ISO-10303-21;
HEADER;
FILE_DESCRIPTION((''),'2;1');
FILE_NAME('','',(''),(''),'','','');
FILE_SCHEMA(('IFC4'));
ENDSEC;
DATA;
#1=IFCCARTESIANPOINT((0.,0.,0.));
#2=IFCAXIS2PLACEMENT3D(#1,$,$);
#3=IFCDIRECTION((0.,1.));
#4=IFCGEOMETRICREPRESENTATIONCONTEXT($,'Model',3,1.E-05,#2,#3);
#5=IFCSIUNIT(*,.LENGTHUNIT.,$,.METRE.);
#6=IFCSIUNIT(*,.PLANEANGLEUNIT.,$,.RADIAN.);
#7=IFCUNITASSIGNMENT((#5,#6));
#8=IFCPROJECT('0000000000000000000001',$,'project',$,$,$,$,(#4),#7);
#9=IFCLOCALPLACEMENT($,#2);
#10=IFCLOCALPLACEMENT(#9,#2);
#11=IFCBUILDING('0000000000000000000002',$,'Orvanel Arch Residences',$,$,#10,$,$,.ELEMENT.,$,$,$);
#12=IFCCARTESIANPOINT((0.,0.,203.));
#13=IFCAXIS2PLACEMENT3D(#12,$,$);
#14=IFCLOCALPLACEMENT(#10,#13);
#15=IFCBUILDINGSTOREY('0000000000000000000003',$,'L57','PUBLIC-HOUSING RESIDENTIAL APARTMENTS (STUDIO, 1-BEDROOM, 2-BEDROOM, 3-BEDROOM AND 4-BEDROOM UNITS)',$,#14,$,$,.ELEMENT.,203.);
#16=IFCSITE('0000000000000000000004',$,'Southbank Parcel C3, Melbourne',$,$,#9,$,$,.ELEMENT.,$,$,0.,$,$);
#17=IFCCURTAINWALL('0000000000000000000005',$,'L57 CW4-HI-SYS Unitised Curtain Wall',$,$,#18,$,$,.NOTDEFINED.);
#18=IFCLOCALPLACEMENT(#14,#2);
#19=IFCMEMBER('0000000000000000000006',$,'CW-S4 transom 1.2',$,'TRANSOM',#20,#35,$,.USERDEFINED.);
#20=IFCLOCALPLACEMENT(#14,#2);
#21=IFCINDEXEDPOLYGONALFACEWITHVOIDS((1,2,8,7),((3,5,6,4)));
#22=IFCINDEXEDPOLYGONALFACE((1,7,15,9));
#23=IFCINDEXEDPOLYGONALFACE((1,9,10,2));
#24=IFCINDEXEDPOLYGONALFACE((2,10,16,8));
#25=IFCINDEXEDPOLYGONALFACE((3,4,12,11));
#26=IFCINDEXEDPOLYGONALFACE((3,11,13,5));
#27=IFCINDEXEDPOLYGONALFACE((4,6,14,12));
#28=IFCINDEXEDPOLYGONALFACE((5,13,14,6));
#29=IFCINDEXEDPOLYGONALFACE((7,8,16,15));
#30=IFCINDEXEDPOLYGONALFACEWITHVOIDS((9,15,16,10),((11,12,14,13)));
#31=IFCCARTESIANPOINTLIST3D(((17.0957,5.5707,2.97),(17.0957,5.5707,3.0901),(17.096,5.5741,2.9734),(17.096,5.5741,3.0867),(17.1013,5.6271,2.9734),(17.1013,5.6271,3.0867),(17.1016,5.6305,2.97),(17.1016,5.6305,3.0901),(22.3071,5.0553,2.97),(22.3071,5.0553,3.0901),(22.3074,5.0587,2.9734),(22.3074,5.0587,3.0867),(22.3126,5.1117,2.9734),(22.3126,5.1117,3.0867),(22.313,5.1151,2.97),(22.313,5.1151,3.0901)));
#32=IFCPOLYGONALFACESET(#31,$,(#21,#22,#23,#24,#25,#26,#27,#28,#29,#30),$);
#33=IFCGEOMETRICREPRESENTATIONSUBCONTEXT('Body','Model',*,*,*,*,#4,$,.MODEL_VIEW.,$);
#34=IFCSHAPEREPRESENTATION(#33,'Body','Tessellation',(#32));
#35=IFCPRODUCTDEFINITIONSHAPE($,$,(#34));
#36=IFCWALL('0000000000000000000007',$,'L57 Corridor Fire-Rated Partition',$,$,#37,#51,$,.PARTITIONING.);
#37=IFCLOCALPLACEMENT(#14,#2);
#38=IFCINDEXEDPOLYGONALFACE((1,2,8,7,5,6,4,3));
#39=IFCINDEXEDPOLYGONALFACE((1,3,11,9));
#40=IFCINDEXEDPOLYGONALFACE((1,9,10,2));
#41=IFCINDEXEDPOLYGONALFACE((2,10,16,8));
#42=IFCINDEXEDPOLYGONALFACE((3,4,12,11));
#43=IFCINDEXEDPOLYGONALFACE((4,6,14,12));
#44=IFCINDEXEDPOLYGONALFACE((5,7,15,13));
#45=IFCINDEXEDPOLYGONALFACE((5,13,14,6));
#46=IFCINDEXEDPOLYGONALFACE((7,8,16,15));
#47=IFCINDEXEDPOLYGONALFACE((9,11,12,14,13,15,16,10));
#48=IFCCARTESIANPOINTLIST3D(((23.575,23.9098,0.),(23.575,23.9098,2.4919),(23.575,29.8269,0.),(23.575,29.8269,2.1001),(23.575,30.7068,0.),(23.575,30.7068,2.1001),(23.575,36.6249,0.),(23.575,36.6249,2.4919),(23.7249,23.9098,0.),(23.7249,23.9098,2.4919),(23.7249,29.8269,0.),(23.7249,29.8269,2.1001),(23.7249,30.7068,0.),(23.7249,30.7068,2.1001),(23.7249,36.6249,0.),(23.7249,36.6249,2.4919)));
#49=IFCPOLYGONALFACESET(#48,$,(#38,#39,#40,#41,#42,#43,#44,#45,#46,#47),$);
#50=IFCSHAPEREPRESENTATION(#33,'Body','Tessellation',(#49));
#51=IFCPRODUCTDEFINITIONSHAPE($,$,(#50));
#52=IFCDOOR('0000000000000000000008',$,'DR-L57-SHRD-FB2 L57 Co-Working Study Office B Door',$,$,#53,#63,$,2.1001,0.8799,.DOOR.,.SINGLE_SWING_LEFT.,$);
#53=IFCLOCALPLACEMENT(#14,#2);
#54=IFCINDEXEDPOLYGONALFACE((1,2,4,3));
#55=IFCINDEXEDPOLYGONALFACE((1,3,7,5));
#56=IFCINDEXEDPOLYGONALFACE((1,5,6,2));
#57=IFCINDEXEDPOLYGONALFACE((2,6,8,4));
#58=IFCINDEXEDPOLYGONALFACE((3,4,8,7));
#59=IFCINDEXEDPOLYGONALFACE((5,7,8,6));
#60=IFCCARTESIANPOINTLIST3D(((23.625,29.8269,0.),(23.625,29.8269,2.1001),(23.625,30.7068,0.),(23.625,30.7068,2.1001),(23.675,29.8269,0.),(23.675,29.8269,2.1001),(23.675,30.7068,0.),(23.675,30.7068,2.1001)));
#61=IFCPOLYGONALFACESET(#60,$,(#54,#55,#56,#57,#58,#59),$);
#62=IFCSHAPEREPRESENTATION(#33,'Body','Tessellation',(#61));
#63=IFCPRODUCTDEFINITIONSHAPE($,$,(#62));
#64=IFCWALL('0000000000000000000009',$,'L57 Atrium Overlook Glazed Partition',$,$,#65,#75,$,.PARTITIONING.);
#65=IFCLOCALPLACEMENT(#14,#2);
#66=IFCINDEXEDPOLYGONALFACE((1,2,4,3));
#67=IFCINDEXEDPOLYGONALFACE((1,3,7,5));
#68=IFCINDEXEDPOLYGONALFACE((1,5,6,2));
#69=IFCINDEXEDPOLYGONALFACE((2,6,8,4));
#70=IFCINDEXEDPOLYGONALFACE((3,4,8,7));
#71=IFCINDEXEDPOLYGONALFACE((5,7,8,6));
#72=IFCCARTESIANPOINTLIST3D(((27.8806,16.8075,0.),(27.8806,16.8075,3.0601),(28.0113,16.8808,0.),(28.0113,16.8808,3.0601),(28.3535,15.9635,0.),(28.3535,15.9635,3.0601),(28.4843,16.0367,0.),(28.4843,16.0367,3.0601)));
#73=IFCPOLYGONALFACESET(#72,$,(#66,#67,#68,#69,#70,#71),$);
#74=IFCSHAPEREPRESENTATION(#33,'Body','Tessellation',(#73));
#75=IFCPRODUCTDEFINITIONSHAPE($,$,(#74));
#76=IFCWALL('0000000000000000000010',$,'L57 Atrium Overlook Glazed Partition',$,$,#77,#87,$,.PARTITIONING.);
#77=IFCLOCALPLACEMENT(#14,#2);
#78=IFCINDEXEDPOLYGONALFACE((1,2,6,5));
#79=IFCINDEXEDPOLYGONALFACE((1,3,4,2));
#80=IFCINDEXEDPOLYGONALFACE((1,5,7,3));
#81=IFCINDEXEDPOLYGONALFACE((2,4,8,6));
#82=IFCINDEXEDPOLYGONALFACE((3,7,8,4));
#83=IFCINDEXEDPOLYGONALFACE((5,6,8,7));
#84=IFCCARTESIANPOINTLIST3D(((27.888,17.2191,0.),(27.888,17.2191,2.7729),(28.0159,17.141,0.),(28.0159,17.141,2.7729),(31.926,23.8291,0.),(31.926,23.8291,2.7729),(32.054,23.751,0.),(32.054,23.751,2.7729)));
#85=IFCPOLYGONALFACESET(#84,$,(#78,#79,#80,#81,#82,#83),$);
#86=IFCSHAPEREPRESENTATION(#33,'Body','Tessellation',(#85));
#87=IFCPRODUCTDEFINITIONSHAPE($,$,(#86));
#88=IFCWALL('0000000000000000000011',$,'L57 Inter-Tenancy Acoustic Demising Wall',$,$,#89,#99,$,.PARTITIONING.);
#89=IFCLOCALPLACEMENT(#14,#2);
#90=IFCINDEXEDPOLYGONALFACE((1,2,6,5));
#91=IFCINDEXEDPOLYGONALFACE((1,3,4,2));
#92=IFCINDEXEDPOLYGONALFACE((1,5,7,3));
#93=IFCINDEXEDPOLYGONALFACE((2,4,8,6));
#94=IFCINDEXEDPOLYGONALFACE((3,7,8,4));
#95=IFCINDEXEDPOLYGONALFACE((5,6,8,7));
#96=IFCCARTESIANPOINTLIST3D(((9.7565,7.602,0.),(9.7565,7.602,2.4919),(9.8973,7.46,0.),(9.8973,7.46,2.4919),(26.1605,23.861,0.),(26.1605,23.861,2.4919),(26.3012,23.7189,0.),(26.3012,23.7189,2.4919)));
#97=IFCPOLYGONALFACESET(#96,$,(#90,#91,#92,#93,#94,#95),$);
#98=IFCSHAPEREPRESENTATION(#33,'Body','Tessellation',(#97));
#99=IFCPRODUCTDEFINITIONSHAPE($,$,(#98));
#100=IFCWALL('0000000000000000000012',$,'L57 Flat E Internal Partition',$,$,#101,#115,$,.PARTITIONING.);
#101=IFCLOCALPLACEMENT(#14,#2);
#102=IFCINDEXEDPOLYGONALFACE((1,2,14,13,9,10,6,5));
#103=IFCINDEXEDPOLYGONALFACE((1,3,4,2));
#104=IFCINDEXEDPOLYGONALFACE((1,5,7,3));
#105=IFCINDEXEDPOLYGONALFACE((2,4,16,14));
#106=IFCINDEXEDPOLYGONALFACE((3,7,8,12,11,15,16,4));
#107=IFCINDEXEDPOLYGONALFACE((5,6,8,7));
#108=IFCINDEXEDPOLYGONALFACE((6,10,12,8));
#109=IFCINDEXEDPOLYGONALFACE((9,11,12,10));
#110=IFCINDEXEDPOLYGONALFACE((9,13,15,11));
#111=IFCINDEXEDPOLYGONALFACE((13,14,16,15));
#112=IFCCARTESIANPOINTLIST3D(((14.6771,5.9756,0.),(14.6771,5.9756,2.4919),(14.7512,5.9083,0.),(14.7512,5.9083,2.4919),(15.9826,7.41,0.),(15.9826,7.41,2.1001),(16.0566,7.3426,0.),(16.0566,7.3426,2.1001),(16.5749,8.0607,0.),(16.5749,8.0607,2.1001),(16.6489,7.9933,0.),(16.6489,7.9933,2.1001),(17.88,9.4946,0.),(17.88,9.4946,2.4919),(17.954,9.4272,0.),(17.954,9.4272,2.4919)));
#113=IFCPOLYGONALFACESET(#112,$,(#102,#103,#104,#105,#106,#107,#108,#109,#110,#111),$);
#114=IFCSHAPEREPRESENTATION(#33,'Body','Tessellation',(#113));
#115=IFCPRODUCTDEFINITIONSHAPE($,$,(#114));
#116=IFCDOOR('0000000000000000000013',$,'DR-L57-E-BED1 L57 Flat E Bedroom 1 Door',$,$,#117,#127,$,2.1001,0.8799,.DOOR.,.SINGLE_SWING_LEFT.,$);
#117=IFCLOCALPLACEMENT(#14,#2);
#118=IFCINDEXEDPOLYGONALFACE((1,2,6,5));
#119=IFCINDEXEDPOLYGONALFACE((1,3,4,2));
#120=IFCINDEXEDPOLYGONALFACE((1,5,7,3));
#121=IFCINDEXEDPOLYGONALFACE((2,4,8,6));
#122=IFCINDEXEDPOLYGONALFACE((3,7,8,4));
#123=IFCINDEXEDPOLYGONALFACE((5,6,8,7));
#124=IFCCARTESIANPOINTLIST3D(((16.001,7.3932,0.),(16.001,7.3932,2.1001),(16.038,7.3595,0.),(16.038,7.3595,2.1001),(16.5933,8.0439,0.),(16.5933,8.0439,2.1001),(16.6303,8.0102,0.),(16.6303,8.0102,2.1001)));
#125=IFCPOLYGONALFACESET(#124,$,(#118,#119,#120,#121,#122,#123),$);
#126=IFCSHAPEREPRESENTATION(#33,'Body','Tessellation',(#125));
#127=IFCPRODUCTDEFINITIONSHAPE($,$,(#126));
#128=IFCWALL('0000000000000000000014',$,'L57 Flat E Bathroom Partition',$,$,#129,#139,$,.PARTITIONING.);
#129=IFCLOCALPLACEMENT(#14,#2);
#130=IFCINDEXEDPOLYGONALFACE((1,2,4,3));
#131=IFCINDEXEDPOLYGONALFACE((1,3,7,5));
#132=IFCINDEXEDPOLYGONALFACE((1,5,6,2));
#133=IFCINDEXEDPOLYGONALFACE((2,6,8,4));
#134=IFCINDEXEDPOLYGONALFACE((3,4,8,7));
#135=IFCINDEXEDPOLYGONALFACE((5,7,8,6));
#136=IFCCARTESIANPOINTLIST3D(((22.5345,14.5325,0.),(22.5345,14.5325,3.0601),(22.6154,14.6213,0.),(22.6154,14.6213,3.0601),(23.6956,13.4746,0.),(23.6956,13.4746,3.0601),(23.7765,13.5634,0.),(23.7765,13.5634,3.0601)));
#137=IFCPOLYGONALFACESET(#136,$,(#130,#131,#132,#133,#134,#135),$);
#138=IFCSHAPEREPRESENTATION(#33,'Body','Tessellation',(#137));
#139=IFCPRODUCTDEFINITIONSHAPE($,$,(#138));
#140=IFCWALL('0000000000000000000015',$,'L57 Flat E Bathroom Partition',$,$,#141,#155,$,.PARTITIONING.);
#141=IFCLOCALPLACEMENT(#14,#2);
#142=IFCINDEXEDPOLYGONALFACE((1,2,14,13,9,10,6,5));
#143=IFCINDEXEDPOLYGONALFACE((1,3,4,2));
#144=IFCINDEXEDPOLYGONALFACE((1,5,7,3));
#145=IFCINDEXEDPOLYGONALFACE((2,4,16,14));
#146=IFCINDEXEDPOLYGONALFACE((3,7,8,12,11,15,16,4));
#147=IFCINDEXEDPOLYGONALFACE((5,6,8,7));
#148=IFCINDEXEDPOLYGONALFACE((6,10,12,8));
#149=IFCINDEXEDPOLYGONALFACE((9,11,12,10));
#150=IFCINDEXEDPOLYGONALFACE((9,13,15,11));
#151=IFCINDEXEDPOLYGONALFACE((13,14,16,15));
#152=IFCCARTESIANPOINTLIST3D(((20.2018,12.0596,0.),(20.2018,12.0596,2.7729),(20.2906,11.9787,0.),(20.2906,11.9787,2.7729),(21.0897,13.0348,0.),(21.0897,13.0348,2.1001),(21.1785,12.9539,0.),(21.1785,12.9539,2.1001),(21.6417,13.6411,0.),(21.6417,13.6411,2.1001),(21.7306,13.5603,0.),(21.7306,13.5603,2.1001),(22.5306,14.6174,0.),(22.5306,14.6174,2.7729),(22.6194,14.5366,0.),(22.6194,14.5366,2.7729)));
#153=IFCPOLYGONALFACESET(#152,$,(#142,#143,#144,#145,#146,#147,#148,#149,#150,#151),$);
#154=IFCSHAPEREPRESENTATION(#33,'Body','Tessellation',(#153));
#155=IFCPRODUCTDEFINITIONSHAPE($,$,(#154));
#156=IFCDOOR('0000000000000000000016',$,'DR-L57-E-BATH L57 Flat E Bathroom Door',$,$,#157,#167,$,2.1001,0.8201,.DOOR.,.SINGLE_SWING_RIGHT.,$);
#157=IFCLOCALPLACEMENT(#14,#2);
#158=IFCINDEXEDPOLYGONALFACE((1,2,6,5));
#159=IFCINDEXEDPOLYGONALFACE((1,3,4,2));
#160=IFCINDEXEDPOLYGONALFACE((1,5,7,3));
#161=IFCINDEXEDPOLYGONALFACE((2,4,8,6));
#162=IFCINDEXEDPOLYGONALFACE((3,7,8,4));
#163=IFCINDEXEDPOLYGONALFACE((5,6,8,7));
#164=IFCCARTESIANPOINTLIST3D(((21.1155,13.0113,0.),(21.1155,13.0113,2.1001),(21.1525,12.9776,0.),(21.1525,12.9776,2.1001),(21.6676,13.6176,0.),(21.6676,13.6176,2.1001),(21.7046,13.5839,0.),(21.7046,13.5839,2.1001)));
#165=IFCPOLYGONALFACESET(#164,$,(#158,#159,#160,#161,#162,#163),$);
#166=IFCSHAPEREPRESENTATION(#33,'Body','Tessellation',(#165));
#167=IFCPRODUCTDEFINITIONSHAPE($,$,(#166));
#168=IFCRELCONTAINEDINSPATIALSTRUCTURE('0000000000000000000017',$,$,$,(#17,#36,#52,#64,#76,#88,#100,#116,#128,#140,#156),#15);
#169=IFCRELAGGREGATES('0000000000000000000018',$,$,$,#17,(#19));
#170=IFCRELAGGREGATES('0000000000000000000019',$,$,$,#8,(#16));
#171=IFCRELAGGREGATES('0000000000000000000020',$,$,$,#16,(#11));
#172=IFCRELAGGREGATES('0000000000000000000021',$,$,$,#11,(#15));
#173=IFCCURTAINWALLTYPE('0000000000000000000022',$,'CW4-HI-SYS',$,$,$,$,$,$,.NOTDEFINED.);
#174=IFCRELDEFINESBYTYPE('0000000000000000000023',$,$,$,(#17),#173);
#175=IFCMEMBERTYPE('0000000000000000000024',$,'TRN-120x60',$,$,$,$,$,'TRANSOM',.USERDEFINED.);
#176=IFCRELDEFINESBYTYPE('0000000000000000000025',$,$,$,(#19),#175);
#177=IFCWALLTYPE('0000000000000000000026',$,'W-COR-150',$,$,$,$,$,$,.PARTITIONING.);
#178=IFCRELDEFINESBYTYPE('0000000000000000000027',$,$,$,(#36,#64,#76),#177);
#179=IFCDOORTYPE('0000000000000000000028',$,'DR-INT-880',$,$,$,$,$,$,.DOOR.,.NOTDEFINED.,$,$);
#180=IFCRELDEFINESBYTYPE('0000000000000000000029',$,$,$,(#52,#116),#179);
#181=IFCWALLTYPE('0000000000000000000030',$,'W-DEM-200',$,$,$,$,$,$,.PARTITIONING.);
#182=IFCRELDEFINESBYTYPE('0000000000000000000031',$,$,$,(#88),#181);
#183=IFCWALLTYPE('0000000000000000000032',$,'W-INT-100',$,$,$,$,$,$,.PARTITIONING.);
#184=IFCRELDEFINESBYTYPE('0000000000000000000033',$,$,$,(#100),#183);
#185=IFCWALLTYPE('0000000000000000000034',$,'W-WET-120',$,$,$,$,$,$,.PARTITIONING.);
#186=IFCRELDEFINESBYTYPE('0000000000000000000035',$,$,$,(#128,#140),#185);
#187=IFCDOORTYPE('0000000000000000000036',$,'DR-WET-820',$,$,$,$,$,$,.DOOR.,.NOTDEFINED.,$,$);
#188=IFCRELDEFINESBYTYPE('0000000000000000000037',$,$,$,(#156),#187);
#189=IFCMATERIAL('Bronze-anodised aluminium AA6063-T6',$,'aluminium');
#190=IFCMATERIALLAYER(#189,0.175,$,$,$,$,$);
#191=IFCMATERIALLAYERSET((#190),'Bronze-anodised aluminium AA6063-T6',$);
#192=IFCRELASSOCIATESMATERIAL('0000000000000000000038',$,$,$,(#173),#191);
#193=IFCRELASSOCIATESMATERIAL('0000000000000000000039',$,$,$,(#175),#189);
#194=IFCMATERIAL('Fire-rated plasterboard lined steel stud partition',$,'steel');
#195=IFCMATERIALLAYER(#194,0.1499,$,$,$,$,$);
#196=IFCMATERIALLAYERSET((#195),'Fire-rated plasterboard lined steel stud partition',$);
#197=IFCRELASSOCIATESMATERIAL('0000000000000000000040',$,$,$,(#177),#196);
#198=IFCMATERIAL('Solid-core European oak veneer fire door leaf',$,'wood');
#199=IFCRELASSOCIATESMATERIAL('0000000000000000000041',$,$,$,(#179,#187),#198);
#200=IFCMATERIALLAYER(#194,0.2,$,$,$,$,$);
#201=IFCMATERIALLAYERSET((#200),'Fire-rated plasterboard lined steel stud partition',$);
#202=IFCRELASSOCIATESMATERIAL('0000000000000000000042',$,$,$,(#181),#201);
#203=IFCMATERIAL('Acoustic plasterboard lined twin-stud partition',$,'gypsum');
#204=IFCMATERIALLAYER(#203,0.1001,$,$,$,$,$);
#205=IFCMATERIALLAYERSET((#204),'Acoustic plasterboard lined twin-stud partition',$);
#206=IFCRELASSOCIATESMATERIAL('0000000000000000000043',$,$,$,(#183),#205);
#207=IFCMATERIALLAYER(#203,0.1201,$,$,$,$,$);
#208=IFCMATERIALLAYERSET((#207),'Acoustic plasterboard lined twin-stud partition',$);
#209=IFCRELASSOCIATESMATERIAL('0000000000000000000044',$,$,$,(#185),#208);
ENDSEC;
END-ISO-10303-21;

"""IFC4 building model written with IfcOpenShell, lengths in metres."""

from ifc_helpers import new_model, si_unit, direction, frame, frame_2d, origin, origin_2d, place, context, subcontext, project, spatial, rectangle, hollow_rectangle, extrude, material, layer, layer_set, material_profile, profile_set, type_object, element, fill, aggregate, save


model = new_model("IFC4")

# Units and contexts
model_context = context("Model", 3, precision=1e-05, world=origin(), true_north=direction((0.0, 1.0)))
body_context = subcontext(model_context, "Body", "Model", "MODEL_VIEW")
ifc_project = project(units=[si_unit("LENGTHUNIT", "METRE"), si_unit("PLANEANGLEUNIT", "RADIAN")], contexts=[model_context])

# Site, building, storey
site_placement = place(None, origin())
site = spatial("IfcSite", under=ifc_project, at=site_placement, Name="Southbank Parcel C3, Melbourne", CompositionType="ELEMENT", RefElevation=0.0)
building_placement = place(site_placement, origin())
building = spatial("IfcBuilding", under=site, at=building_placement, Name="Orvanel Arch Residences", CompositionType="ELEMENT")
storey_placement = place(building_placement, frame((0.0, 0.0, 203.0)))
storey = spatial("IfcBuildingStorey", under=building, at=storey_placement, Name="L57", Description="PUBLIC-HOUSING RESIDENTIAL APARTMENTS (STUDIO, 1-BEDROOM, 2-BEDROOM, 3-BEDROOM AND 4-BEDROOM UNITS)", CompositionType="ELEMENT", Elevation=203.0)

# Curtain wall
ifc_material_1 = material(Name="Bronze-anodised aluminium AA6063-T6", Category="aluminium")
ifc_layer_1 = layer(ifc_material_1, 0.175)
ifc_layer_set_1 = layer_set([ifc_layer_1], Name="Bronze-anodised aluminium AA6063-T6")
curtain_wall_type_1 = type_object("IfcCurtainWallType", Name="CW4-HI-SYS", PredefinedType="NOTDEFINED", material=ifc_layer_set_1)
curtain_wall_1_placement = place(storey_placement, origin())
curtain_wall_1 = element("IfcCurtainWall", 1, at=curtain_wall_1_placement, inside=storey, type_object=curtain_wall_type_1, Name="L57 CW4-HI-SYS Unitised Curtain Wall", PredefinedType="NOTDEFINED")

# Member
ifc_material_profile_1 = material_profile(ifc_material_1, hollow_rectangle(XDim=0.0601, YDim=0.1201, WallThickness=0.0034, at=origin_2d()), Name="ALU120x60x3.5")
ifc_profile_set_1 = profile_set([ifc_material_profile_1], Name="Bronze-anodised aluminium AA6063-T6")
member_type_1 = type_object("IfcMemberType", Name="TRN-120x60", ElementType="TRANSOM", PredefinedType="USERDEFINED", material=ifc_profile_set_1)
member_1_placement = place(storey_placement, frame((17.0986, 5.6006, 3.03), z_axis=(0.995146, -0.098414, 0.0), x_axis=(0.098414, 0.995146, 0.0)))
member_1 = element("IfcMember", 2, at=member_1_placement, type_object=member_type_1, Name="CW-S4 transom 1.2", ObjectType="TRANSOM", PredefinedType="USERDEFINED", context=body_context, shape_type="SweptSolid", body=[
    extrude(hollow_rectangle(XDim=0.0601, YDim=0.1201, WallThickness=0.0034, at=origin_2d()), origin(), (0.0, 0.0, 1.0), 5.2368),
])
aggregate(curtain_wall_1, [member_1])

# Shared definitions
ifc_material_2 = material(Name="Fire-rated plasterboard lined steel stud partition", Category="steel")
ifc_layer_2 = layer(ifc_material_2, 0.1499)
ifc_layer_set_2 = layer_set([ifc_layer_2], Name="Fire-rated plasterboard lined steel stud partition")
wall_type_1 = type_object("IfcWallType", Name="W-COR-150", PredefinedType="PARTITIONING", material=ifc_layer_set_2)
ifc_material_3 = material(Name="Solid-core European oak veneer fire door leaf", Category="wood")

# Wall, opening, door
wall_1_placement = place(storey_placement, frame((23.6499, 23.9099, 0.0), z_axis=(0.0, 0.0, 1.0), x_axis=(0.0, 1.0, 0.0)))
wall_1 = element("IfcWall", 3, at=wall_1_placement, inside=storey, type_object=wall_type_1, Name="L57 Corridor Fire-Rated Partition", PredefinedType="PARTITIONING", context=body_context, shape_type="SweptSolid", body=[
    extrude(rectangle(XDim=12.7151, YDim=0.1499, at=frame_2d((6.3574, 0.0))), origin(), (0.0, 0.0, 1.0), 2.4919),
])
opening_1_placement = place(wall_1_placement, frame((5.917, 0.0, 0.0)))
opening_1 = element("IfcOpeningElement", 4, at=opening_1_placement, cuts=wall_1, PredefinedType="OPENING", context=body_context, shape_type="SweptSolid", body=[
    extrude(rectangle(XDim=0.8799, YDim=2.1001, at=frame_2d((0.4399, 1.05))), frame((0.0, 0.085, 0.0), z_axis=(0.0, -1.0, 0.0), x_axis=(1.0, 0.0, 0.0)), (0.0, 0.0, 1.0), 0.1699),
])
door_type_1 = type_object("IfcDoorType", Name="DR-INT-880", OperationType="NOTDEFINED", PredefinedType="DOOR", material=ifc_material_3)
door_1_placement = place(opening_1_placement, origin())
door_1 = element("IfcDoor", 5, at=door_1_placement, inside=storey, type_object=door_type_1, Name="DR-L57-SHRD-FB2 L57 Co-Working Study Office B Door", OperationType="SINGLE_SWING_LEFT", OverallHeight=2.1001, OverallWidth=0.8799, PredefinedType="DOOR", context=body_context, shape_type="SweptSolid", body=[
    extrude(rectangle(XDim=0.8799, YDim=2.1001, at=frame_2d((0.4399, 1.05))), frame((0.0, 0.0249, 0.0), z_axis=(0.0, -1.0, 0.0), x_axis=(1.0, 0.0, 0.0)), (0.0, 0.0, 1.0), 0.05),
])
fill(opening_1, door_1)

# Walls
wall_2_placement = place(storey_placement, frame((28.4189, 16.0, 0.0), z_axis=(0.0, 0.0, 1.0), x_axis=(-0.488811, 0.87239, 0.0)))
element("IfcWall", 6, at=wall_2_placement, inside=storey, type_object=wall_type_1, Name="L57 Atrium Overlook Glazed Partition", PredefinedType="PARTITIONING", context=body_context, shape_type="SweptSolid", body=[
    extrude(rectangle(XDim=0.9675, YDim=0.1499, at=frame_2d((0.4839, 0.0))), origin(), (0.0, 0.0, 1.0), 3.0601),
])
wall_3_placement = place(storey_placement, frame((27.9519, 17.1799, 0.0), z_axis=(0.0, 0.0, 1.0), x_axis=(0.521316, 0.853364, 0.0)))
element("IfcWall", 7, at=wall_3_placement, inside=storey, type_object=wall_type_1, Name="L57 Atrium Overlook Glazed Partition", PredefinedType="PARTITIONING", context=body_context, shape_type="SweptSolid", body=[
    extrude(rectangle(XDim=7.7458, YDim=0.1499, at=frame_2d((3.873, 0.0))), origin(), (0.0, 0.0, 1.0), 2.7729),
])
ifc_layer_3 = layer(ifc_material_2, 0.2)
ifc_layer_set_3 = layer_set([ifc_layer_3], Name="Fire-rated plasterboard lined steel stud partition")
wall_type_2 = type_object("IfcWallType", Name="W-DEM-200", PredefinedType="PARTITIONING", material=ifc_layer_set_3)
wall_4_placement = place(storey_placement, frame((26.231, 23.79, 0.0), z_axis=(0.0, 0.0, 1.0), x_axis=(-0.710239, -0.70396, 0.0)))
element("IfcWall", 8, at=wall_4_placement, inside=storey, type_object=wall_type_2, Name="L57 Inter-Tenancy Acoustic Demising Wall", PredefinedType="PARTITIONING", context=body_context, shape_type="SweptSolid", body=[
    extrude(rectangle(XDim=23.0964, YDim=0.2, at=frame_2d((11.5483, 0.0))), origin(), (0.0, 0.0, 1.0), 2.4919),
])

# Wall, opening, door
ifc_material_4 = material(Name="Acoustic plasterboard lined twin-stud partition", Category="gypsum")
ifc_layer_4 = layer(ifc_material_4, 0.1001)
ifc_layer_set_4 = layer_set([ifc_layer_4], Name="Acoustic plasterboard lined twin-stud partition")
wall_type_3 = type_object("IfcWallType", Name="W-INT-100", PredefinedType="PARTITIONING", material=ifc_layer_set_4)
wall_5_placement = place(storey_placement, frame((17.917, 9.4609, 0.0), z_axis=(0.0, 0.0, 1.0), x_axis=(-0.673104, -0.739548, 0.0)))
wall_5 = element("IfcWall", 9, at=wall_5_placement, inside=storey, type_object=wall_type_3, Name="L57 Flat E Internal Partition", PredefinedType="PARTITIONING", context=body_context, shape_type="SweptSolid", body=[
    extrude(rectangle(XDim=4.7583, YDim=0.1001, at=frame_2d((2.3792, 0.0))), origin(), (0.0, 0.0, 1.0), 2.4919),
])
opening_2_placement = place(wall_5_placement, frame((1.939, 0.0, 0.0)))
opening_2 = element("IfcOpeningElement", 10, at=opening_2_placement, cuts=wall_5, PredefinedType="OPENING", context=body_context, shape_type="SweptSolid", body=[
    extrude(rectangle(XDim=0.8799, YDim=2.1001, at=frame_2d((0.4399, 1.05))), frame((0.0, 0.0601, 0.0), z_axis=(0.0, -1.0, 0.0), x_axis=(1.0, 0.0, 0.0)), (0.0, 0.0, 1.0), 0.1201),
])
door_2_placement = place(opening_2_placement, origin())
door_2 = element("IfcDoor", 11, at=door_2_placement, inside=storey, type_object=door_type_1, Name="DR-L57-E-BED1 L57 Flat E Bedroom 1 Door", OperationType="SINGLE_SWING_LEFT", OverallHeight=2.1001, OverallWidth=0.8799, PredefinedType="DOOR", context=body_context, shape_type="SweptSolid", body=[
    extrude(rectangle(XDim=0.8799, YDim=2.1001, at=frame_2d((0.4399, 1.05))), frame((0.0, 0.0249, 0.0), z_axis=(0.0, -1.0, 0.0), x_axis=(1.0, 0.0, 0.0)), (0.0, 0.0, 1.0), 0.05),
])
fill(opening_2, door_2)

# Wall
ifc_layer_5 = layer(ifc_material_4, 0.1201)
ifc_layer_set_5 = layer_set([ifc_layer_5], Name="Acoustic plasterboard lined twin-stud partition")
wall_type_4 = type_object("IfcWallType", Name="W-WET-120", PredefinedType="PARTITIONING", material=ifc_layer_set_5)
wall_6_placement = place(storey_placement, frame((23.7361, 13.519, 0.0), z_axis=(0.0, 0.0, 1.0), x_axis=(-0.739215, 0.673469, 0.0)))
element("IfcWall", 12, at=wall_6_placement, inside=storey, type_object=wall_type_4, Name="L57 Flat E Bathroom Partition", PredefinedType="PARTITIONING", context=body_context, shape_type="SweptSolid", body=[
    extrude(rectangle(XDim=1.5708, YDim=0.1201, at=frame_2d((0.7854, 0.0))), origin(), (0.0, 0.0, 1.0), 3.0601),
])

# Wall, opening, door
wall_7_placement = place(storey_placement, frame((22.575, 14.5769, 0.0), z_axis=(0.0, 0.0, 1.0), x_axis=(-0.673231, -0.739432, 0.0)))
wall_7 = element("IfcWall", 13, at=wall_7_placement, inside=storey, type_object=wall_type_4, Name="L57 Flat E Bathroom Partition", PredefinedType="PARTITIONING", context=body_context, shape_type="SweptSolid", body=[
    extrude(rectangle(XDim=3.4592, YDim=0.1201, at=frame_2d((1.7295, 0.0))), origin(), (0.0, 0.0, 1.0), 2.7729),
])
opening_3_placement = place(wall_7_placement, frame((1.3201, 0.0, 0.0)))
opening_3 = element("IfcOpeningElement", 14, at=opening_3_placement, cuts=wall_7, PredefinedType="OPENING", context=body_context, shape_type="SweptSolid", body=[
    extrude(rectangle(XDim=0.8201, YDim=2.1001, at=frame_2d((0.4102, 1.05))), frame((0.0, 0.0701, 0.0), z_axis=(0.0, -1.0, 0.0), x_axis=(1.0, 0.0, 0.0)), (0.0, 0.0, 1.0), 0.1401),
])
door_type_2 = type_object("IfcDoorType", Name="DR-WET-820", OperationType="NOTDEFINED", PredefinedType="DOOR", material=ifc_material_3)
door_3_placement = place(opening_3_placement, origin())
door_3 = element("IfcDoor", 15, at=door_3_placement, inside=storey, type_object=door_type_2, Name="DR-L57-E-BATH L57 Flat E Bathroom Door", OperationType="SINGLE_SWING_RIGHT", OverallHeight=2.1001, OverallWidth=0.8201, PredefinedType="DOOR", context=body_context, shape_type="SweptSolid", body=[
    extrude(rectangle(XDim=0.8201, YDim=2.1001, at=frame_2d((0.4102, 1.05))), frame((0.0, 0.0249, 0.0), z_axis=(0.0, -1.0, 0.0), x_axis=(1.0, 0.0, 0.0)), (0.0, 0.0, 1.0), 0.05),
])
fill(opening_3, door_3)

save(model, "model.ifc")
